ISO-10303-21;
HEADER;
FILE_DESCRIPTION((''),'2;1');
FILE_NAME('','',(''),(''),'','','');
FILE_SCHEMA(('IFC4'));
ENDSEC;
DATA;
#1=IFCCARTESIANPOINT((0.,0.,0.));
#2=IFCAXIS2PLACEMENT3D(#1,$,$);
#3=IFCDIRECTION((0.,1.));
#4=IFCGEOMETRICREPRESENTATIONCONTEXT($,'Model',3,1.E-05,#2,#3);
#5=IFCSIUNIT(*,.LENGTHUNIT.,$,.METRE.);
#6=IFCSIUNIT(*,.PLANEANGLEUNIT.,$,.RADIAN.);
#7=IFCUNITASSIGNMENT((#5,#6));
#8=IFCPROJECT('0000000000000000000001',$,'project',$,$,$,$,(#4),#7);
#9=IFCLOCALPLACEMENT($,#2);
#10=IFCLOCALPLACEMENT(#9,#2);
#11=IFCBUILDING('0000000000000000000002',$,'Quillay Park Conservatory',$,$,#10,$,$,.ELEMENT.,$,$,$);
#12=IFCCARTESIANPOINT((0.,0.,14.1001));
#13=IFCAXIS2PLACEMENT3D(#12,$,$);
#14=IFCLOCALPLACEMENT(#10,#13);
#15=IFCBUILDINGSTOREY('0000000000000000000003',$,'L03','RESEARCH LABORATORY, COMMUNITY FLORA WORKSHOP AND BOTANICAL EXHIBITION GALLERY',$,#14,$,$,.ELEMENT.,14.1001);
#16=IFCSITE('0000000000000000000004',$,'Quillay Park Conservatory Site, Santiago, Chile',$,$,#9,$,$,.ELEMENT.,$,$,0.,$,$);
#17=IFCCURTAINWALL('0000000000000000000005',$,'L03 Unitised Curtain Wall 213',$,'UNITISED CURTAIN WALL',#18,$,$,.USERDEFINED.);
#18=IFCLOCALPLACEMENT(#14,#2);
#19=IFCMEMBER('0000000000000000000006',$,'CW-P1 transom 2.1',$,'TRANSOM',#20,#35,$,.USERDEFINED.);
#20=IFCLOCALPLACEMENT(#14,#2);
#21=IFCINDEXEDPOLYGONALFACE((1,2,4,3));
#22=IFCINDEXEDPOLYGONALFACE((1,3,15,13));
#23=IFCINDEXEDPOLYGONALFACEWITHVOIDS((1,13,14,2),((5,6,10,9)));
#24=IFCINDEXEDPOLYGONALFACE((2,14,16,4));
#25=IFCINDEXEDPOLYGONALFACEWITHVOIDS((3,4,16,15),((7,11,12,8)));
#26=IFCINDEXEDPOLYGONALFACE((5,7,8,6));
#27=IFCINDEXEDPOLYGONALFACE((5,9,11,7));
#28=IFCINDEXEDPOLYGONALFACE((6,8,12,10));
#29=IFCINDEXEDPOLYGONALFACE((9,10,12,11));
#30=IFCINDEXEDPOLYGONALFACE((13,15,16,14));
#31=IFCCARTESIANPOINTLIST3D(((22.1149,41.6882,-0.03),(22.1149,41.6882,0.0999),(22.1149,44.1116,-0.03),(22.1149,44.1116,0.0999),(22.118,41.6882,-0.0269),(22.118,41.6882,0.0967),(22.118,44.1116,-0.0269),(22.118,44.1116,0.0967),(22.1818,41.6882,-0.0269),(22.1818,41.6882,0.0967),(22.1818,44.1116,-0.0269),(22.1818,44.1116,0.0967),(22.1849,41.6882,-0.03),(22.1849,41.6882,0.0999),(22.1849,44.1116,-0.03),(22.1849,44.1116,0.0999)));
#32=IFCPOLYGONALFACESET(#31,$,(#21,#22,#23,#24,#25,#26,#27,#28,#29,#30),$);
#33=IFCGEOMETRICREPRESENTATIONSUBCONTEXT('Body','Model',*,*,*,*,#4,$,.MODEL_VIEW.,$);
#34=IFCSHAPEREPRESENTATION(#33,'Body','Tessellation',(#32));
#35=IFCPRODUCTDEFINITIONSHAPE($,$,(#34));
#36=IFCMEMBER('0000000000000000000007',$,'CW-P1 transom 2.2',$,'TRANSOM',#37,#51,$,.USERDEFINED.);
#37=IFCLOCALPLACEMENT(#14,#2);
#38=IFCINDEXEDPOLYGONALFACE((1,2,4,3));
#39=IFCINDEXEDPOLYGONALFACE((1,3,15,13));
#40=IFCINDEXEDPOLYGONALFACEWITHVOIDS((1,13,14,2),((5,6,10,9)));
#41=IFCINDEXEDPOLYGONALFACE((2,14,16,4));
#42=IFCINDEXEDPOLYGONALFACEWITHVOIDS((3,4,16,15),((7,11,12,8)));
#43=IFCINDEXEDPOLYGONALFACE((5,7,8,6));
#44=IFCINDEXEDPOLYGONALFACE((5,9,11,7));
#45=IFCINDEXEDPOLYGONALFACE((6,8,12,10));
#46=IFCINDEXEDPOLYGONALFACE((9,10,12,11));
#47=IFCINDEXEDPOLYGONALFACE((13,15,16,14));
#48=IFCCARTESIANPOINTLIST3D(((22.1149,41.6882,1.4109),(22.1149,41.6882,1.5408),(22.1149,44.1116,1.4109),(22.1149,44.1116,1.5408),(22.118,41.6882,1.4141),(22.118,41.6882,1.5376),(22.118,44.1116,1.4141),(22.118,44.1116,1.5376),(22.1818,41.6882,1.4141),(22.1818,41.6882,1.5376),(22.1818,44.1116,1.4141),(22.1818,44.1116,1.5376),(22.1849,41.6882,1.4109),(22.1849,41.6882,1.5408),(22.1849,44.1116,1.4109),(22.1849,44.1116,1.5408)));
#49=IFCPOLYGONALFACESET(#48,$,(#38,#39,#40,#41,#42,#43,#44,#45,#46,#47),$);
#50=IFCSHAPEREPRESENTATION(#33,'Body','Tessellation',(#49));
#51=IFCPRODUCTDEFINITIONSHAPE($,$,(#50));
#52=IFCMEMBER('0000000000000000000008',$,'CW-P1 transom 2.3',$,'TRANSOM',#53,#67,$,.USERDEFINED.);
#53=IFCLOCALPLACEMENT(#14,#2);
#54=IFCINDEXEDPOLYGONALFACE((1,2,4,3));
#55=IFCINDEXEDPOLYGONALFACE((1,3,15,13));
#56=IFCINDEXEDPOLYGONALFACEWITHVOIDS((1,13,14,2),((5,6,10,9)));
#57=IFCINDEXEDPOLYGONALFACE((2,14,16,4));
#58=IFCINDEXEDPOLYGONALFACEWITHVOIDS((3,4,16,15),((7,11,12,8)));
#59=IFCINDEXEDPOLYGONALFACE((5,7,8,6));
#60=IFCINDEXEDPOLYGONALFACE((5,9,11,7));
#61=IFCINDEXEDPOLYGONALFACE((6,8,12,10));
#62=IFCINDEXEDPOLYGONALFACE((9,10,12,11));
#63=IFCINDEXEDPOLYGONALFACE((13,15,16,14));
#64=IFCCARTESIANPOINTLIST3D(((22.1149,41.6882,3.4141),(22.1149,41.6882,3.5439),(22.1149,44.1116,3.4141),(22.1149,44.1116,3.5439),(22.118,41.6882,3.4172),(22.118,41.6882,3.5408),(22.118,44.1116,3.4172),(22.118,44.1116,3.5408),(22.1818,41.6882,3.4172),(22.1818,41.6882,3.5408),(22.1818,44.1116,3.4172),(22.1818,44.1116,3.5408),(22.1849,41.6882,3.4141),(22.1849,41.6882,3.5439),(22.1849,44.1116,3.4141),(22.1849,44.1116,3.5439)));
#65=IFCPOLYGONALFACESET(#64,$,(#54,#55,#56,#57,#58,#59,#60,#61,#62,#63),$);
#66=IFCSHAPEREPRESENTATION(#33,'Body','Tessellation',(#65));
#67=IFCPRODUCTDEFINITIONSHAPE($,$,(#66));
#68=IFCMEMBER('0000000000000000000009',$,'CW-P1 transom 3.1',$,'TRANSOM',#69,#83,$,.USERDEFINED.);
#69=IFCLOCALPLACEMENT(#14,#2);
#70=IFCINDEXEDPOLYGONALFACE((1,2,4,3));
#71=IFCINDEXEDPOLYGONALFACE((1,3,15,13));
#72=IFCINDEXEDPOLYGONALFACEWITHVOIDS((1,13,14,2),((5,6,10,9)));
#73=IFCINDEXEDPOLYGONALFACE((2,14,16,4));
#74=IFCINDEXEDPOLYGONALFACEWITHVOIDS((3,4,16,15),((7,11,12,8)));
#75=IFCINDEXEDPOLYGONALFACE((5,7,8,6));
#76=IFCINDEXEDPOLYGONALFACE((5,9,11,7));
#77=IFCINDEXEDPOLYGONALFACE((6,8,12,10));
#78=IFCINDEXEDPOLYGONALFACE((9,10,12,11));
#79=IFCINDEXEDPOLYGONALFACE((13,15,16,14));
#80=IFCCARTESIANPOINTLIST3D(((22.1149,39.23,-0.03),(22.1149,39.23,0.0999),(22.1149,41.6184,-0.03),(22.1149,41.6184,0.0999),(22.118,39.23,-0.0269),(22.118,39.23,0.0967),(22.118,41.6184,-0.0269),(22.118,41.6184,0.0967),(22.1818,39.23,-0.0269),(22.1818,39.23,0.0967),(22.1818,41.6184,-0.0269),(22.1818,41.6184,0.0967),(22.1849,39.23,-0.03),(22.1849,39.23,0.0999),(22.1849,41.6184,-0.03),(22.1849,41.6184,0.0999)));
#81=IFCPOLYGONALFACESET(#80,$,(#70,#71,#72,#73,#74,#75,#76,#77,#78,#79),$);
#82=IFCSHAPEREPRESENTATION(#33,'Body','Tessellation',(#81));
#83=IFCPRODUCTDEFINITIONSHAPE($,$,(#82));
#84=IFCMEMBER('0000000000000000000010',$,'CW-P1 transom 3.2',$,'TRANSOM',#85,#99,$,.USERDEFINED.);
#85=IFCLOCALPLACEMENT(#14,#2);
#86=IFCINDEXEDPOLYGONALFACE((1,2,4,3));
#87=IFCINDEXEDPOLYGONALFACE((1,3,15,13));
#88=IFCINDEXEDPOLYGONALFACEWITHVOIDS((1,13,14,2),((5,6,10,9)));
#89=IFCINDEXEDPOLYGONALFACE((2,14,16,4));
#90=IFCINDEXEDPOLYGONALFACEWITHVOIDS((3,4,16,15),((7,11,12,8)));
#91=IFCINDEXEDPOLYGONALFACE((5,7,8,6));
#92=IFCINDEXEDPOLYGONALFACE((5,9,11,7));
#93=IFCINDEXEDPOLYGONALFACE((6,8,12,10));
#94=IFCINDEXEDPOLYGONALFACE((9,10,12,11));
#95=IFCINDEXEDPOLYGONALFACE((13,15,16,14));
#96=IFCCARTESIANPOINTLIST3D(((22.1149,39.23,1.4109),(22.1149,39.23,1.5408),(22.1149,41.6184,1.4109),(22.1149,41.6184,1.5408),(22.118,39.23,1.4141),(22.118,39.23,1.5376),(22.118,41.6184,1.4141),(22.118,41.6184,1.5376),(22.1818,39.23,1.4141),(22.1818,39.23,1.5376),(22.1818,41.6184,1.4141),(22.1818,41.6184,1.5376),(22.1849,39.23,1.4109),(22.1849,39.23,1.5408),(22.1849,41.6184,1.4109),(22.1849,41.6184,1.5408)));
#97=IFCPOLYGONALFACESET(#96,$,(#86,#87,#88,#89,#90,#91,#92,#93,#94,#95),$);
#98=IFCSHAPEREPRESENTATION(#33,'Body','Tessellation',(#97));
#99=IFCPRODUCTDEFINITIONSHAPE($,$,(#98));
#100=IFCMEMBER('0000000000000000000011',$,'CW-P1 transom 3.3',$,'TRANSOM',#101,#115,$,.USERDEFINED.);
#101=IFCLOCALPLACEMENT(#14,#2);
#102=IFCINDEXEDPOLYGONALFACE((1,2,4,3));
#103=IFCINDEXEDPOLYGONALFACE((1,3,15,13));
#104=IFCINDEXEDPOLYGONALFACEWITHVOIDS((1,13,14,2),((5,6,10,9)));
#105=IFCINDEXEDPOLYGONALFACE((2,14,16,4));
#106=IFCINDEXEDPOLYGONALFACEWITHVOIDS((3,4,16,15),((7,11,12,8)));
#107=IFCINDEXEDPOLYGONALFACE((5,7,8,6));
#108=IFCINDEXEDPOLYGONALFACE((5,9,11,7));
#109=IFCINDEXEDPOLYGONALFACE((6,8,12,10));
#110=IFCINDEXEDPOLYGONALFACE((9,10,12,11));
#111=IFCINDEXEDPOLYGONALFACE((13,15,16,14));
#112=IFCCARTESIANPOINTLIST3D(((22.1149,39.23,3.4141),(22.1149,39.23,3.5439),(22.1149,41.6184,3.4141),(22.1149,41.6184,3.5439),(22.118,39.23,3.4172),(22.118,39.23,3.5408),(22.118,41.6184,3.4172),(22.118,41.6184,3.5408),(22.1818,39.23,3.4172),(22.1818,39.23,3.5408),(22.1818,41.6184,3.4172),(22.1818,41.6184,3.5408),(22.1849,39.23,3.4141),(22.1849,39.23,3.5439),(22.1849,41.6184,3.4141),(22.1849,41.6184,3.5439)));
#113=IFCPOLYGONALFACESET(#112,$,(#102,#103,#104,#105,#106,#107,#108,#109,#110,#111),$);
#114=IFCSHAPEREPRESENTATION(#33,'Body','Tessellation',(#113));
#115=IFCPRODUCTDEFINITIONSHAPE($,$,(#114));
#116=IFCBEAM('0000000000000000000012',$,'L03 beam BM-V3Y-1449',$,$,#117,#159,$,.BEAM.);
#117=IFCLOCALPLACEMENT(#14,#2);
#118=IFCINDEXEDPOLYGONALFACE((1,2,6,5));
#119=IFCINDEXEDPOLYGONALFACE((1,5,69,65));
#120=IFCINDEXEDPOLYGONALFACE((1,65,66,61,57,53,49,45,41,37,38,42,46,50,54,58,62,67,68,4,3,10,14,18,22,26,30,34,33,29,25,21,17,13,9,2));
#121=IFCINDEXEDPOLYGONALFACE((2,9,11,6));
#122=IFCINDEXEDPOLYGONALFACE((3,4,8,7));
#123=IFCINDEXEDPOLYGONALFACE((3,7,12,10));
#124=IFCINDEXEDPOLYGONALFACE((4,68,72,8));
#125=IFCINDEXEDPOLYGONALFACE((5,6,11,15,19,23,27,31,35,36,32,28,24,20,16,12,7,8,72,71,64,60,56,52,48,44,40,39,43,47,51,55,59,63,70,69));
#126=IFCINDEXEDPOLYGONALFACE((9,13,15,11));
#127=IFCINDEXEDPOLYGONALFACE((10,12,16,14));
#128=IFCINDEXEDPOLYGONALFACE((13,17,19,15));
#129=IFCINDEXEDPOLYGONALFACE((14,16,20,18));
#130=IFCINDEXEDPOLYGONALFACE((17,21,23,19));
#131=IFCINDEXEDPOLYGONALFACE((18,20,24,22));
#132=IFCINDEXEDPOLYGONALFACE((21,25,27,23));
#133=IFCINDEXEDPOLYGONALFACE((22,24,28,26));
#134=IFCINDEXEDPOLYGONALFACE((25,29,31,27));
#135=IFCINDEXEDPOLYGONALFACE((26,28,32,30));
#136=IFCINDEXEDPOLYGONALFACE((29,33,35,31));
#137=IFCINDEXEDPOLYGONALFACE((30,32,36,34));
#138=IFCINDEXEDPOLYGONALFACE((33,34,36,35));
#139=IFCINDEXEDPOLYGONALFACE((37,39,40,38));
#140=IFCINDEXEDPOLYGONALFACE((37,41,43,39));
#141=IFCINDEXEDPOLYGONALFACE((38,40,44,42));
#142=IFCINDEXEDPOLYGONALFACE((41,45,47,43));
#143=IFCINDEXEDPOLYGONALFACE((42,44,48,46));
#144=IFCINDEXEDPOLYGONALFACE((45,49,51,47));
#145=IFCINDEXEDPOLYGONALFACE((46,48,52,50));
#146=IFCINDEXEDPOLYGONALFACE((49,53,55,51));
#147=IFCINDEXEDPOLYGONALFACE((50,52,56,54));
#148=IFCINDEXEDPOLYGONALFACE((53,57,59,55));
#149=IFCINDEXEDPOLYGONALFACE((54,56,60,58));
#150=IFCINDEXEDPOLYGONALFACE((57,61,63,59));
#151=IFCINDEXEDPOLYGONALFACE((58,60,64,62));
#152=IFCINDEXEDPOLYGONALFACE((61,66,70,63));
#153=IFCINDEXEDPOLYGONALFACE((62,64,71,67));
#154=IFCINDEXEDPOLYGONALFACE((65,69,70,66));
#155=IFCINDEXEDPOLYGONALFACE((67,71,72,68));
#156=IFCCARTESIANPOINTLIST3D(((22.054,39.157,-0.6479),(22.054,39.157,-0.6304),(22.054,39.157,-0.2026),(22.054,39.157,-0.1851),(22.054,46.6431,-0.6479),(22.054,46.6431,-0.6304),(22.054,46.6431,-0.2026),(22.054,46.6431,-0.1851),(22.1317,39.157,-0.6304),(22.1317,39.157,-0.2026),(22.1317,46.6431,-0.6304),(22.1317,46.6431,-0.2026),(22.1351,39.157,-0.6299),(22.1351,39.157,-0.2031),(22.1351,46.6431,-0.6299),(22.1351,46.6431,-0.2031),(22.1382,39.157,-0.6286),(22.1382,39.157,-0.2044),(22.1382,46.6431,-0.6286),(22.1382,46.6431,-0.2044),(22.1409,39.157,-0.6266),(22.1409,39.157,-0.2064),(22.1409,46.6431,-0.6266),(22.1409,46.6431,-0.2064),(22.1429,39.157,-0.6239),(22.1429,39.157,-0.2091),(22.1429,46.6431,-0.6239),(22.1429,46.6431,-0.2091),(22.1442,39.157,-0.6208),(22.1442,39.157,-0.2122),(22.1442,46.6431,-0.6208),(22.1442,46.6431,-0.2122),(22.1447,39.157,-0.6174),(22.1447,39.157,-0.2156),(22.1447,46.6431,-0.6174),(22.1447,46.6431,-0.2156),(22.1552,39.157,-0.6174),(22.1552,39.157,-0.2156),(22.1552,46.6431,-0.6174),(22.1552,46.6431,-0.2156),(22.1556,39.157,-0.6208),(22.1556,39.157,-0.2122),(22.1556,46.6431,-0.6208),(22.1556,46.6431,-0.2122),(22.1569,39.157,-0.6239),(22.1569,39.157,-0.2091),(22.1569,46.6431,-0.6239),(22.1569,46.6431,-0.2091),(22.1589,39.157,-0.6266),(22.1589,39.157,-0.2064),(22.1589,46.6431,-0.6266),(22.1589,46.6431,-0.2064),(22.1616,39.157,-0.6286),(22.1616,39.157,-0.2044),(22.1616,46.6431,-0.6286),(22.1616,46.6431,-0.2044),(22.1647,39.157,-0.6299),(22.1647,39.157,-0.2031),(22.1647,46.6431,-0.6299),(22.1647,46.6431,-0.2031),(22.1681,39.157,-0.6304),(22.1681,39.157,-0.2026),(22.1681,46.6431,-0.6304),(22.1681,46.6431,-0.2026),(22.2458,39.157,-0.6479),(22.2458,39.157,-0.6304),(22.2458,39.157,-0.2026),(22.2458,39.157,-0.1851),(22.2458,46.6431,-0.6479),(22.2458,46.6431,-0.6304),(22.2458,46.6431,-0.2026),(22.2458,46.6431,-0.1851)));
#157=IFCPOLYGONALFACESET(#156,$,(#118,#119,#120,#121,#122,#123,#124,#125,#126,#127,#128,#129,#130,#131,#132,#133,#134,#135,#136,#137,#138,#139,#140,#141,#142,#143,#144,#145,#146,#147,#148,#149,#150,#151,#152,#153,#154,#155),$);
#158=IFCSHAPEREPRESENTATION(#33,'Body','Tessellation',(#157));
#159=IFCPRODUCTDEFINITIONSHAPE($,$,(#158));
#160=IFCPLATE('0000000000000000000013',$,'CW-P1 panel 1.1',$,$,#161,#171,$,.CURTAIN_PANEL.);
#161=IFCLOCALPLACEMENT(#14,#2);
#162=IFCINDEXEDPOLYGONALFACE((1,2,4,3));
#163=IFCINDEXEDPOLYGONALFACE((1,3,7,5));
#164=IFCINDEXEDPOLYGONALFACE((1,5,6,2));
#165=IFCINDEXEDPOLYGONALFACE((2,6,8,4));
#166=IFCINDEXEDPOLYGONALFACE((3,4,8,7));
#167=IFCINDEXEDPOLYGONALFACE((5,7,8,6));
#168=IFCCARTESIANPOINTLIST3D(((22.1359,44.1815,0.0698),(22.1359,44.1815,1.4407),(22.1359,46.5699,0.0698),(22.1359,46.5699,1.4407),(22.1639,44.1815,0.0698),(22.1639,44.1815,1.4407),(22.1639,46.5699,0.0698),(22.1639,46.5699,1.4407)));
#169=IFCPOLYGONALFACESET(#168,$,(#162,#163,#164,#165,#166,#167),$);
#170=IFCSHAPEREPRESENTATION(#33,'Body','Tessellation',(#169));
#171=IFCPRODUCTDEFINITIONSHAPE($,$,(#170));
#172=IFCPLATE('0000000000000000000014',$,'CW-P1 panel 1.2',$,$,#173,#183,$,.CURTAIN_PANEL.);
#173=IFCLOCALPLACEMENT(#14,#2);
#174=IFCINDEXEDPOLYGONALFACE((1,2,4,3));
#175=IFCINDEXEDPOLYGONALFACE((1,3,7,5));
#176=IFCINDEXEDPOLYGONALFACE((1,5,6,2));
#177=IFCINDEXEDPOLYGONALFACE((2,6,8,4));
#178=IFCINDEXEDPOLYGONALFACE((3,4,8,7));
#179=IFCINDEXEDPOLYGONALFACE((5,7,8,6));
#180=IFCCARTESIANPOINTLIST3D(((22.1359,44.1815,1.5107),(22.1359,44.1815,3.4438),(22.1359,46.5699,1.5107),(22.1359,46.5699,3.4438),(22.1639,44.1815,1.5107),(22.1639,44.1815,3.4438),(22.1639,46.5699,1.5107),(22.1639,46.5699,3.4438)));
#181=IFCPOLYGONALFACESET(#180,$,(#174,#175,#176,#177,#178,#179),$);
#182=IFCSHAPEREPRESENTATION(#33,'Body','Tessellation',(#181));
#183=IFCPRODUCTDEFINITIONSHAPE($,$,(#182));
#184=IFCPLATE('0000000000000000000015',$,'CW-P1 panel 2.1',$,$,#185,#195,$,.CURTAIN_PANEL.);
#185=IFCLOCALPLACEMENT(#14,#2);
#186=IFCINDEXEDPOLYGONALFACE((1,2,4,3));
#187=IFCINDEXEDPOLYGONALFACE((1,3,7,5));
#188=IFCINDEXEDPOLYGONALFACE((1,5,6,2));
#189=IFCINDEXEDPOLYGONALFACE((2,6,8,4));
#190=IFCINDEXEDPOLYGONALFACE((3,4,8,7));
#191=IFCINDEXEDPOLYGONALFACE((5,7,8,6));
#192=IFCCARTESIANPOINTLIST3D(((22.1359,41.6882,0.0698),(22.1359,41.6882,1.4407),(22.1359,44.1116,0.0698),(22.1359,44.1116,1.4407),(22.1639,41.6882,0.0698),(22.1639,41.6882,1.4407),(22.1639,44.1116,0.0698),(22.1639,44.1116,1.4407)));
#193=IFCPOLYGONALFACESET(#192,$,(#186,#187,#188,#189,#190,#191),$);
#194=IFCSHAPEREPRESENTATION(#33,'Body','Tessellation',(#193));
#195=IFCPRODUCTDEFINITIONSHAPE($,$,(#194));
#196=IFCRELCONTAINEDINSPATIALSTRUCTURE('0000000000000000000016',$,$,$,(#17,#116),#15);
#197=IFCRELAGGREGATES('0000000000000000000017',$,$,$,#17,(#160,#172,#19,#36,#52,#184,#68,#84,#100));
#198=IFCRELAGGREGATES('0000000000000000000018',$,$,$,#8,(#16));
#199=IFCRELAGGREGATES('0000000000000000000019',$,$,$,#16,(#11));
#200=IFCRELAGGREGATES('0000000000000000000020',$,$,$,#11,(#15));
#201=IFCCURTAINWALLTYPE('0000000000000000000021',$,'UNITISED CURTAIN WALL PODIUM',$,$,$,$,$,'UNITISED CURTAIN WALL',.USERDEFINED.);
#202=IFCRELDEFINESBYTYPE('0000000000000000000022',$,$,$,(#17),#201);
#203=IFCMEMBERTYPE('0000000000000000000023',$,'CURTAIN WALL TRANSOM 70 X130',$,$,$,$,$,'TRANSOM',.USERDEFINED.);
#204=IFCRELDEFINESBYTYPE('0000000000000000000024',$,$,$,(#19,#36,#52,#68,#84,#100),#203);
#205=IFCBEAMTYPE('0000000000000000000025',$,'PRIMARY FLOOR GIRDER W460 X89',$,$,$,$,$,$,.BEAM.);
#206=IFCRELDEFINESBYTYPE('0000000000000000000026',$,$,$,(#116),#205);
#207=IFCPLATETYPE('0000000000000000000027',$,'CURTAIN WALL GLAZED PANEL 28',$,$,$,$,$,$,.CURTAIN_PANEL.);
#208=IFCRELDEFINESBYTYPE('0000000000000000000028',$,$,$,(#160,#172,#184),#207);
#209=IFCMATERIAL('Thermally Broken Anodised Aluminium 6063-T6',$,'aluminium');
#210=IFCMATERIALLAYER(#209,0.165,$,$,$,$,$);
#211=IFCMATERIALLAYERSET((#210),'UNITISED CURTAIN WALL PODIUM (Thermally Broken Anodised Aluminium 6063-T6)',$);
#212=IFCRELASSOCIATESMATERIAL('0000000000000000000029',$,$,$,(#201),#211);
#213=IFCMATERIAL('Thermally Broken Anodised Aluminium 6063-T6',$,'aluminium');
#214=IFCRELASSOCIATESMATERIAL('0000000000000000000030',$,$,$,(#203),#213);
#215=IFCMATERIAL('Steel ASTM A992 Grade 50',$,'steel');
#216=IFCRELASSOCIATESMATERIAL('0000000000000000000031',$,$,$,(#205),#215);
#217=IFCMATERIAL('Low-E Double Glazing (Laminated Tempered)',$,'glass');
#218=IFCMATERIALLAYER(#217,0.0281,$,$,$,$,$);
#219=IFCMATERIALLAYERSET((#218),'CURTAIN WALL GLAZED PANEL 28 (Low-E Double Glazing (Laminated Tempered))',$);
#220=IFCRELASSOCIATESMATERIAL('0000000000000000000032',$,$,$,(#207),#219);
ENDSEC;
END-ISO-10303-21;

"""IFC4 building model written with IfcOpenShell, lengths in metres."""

from ifc_helpers import new_model, si_unit, direction, frame, origin, origin_2d, place, context, subcontext, project, spatial, rectangle, hollow_rectangle, i_section, extrude, material, layer, layer_set, material_profile, profile_set, type_object, element, aggregate, save


model = new_model("IFC4")

# Units and contexts
model_context = context("Model", 3, precision=1e-05, world=origin(), true_north=direction((0.0, 1.0)))
body_context = subcontext(model_context, "Body", "Model", "MODEL_VIEW")
ifc_project = project(units=[si_unit("LENGTHUNIT", "METRE"), si_unit("PLANEANGLEUNIT", "RADIAN")], contexts=[model_context])

# Site, building, storey
site_placement = place(None, origin())
site = spatial("IfcSite", under=ifc_project, at=site_placement, Name="Quillay Park Conservatory Site, Santiago, Chile", CompositionType="ELEMENT", RefElevation=0.0)
building_placement = place(site_placement, origin())
building = spatial("IfcBuilding", under=site, at=building_placement, Name="Quillay Park Conservatory", CompositionType="ELEMENT")
storey_placement = place(building_placement, frame((0.0, 0.0, 14.1001)))
storey = spatial("IfcBuildingStorey", under=building, at=storey_placement, Name="L03", Description="RESEARCH LABORATORY, COMMUNITY FLORA WORKSHOP AND BOTANICAL EXHIBITION GALLERY", CompositionType="ELEMENT", Elevation=14.1001)

# Shared definitions
ifc_material_1 = material(Name="Thermally Broken Anodised Aluminium 6063-T6", Category="aluminium")
ifc_layer_1 = layer(ifc_material_1, 0.165)
ifc_layer_set_1 = layer_set([ifc_layer_1], Name="UNITISED CURTAIN WALL PODIUM (Thermally Broken Anodised Aluminium 6063-T6)")
curtain_wall_type = type_object("IfcCurtainWallType", Name="UNITISED CURTAIN WALL PODIUM", ElementType="UNITISED CURTAIN WALL", PredefinedType="USERDEFINED", material=ifc_layer_set_1)

# Curtain wall
curtain_wall_1_placement = place(storey_placement, origin())
curtain_wall_1 = element("IfcCurtainWall", 1, at=curtain_wall_1_placement, inside=storey, type_object=curtain_wall_type, Name="L03 Unitised Curtain Wall 213", ObjectType="UNITISED CURTAIN WALL", PredefinedType="USERDEFINED")

# Members
ifc_material_2 = material(Name="Thermally Broken Anodised Aluminium 6063-T6", Category="aluminium")
ifc_material_profile_1 = material_profile(ifc_material_2, hollow_rectangle(XDim=0.0701, YDim=0.1299, WallThickness=0.0032, at=origin_2d()), Name="AL70x130x3.2")
ifc_profile_set_1 = profile_set([ifc_material_profile_1], Name="Thermally Broken Anodised Aluminium 6063-T6")
member_type_1 = type_object("IfcMemberType", Name="CURTAIN WALL TRANSOM 70 X130", ElementType="TRANSOM", PredefinedType="USERDEFINED", material=ifc_profile_set_1)
member_1_placement = place(storey_placement, frame((22.1499, 44.1116, 0.0349), z_axis=(0.0, -1.0, 0.0), x_axis=(1.0, 0.0, 0.0)))
member_1 = element("IfcMember", 2, at=member_1_placement, type_object=member_type_1, Name="CW-P1 transom 2.1", ObjectType="TRANSOM", PredefinedType="USERDEFINED", context=body_context, shape_type="SweptSolid", body=[
    extrude(hollow_rectangle(XDim=0.0701, YDim=0.1299, WallThickness=0.0032, at=origin_2d()), origin(), (0.0, 0.0, 1.0), 2.4233),
])
member_2_placement = place(storey_placement, frame((22.1499, 44.1116, 1.4758), z_axis=(0.0, -1.0, 0.0), x_axis=(1.0, 0.0, 0.0)))
member_2 = element("IfcMember", 3, at=member_2_placement, type_object=member_type_1, Name="CW-P1 transom 2.2", ObjectType="TRANSOM", PredefinedType="USERDEFINED", context=body_context, shape_type="SweptSolid", body=[
    extrude(hollow_rectangle(XDim=0.0701, YDim=0.1299, WallThickness=0.0032, at=origin_2d()), origin(), (0.0, 0.0, 1.0), 2.4233),
])
member_3_placement = place(storey_placement, frame((22.1499, 44.1116, 3.479), z_axis=(0.0, -1.0, 0.0), x_axis=(1.0, 0.0, 0.0)))
member_3 = element("IfcMember", 4, at=member_3_placement, type_object=member_type_1, Name="CW-P1 transom 2.3", ObjectType="TRANSOM", PredefinedType="USERDEFINED", context=body_context, shape_type="SweptSolid", body=[
    extrude(hollow_rectangle(XDim=0.0701, YDim=0.1299, WallThickness=0.0032, at=origin_2d()), origin(), (0.0, 0.0, 1.0), 2.4233),
])
member_4_placement = place(storey_placement, frame((22.1499, 41.6184, 0.0349), z_axis=(0.0, -1.0, 0.0), x_axis=(1.0, 0.0, 0.0)))
member_4 = element("IfcMember", 5, at=member_4_placement, type_object=member_type_1, Name="CW-P1 transom 3.1", ObjectType="TRANSOM", PredefinedType="USERDEFINED", context=body_context, shape_type="SweptSolid", body=[
    extrude(hollow_rectangle(XDim=0.0701, YDim=0.1299, WallThickness=0.0032, at=origin_2d()), origin(), (0.0, 0.0, 1.0), 2.3884),
])
member_5_placement = place(storey_placement, frame((22.1499, 41.6184, 1.4758), z_axis=(0.0, -1.0, 0.0), x_axis=(1.0, 0.0, 0.0)))
member_5 = element("IfcMember", 6, at=member_5_placement, type_object=member_type_1, Name="CW-P1 transom 3.2", ObjectType="TRANSOM", PredefinedType="USERDEFINED", context=body_context, shape_type="SweptSolid", body=[
    extrude(hollow_rectangle(XDim=0.0701, YDim=0.1299, WallThickness=0.0032, at=origin_2d()), origin(), (0.0, 0.0, 1.0), 2.3884),
])
member_6_placement = place(storey_placement, frame((22.1499, 41.6184, 3.479), z_axis=(0.0, -1.0, 0.0), x_axis=(1.0, 0.0, 0.0)))
member_6 = element("IfcMember", 7, at=member_6_placement, type_object=member_type_1, Name="CW-P1 transom 3.3", ObjectType="TRANSOM", PredefinedType="USERDEFINED", context=body_context, shape_type="SweptSolid", body=[
    extrude(hollow_rectangle(XDim=0.0701, YDim=0.1299, WallThickness=0.0032, at=origin_2d()), origin(), (0.0, 0.0, 1.0), 2.3884),
])

# Beam
ifc_material_3 = material(Name="Steel ASTM A992 Grade 50", Category="steel")
ifc_material_profile_2 = material_profile(ifc_material_3, i_section(OverallWidth=0.1919, OverallDepth=0.4629, WebThickness=0.0105, FlangeThickness=0.0176, FilletRadius=0.0129, at=origin_2d()), Name="W460x89")
ifc_profile_set_2 = profile_set([ifc_material_profile_2], Name="Steel ASTM A992 Grade 50")
beam_type = type_object("IfcBeamType", Name="PRIMARY FLOOR GIRDER W460 X89", PredefinedType="BEAM", material=ifc_profile_set_2)
beam_placement = place(storey_placement, frame((22.1499, 39.157, -0.4165), z_axis=(0.0, 1.0, 0.0), x_axis=(-1.0, 0.0, 0.0)))
element("IfcBeam", 8, at=beam_placement, inside=storey, type_object=beam_type, Name="L03 beam BM-V3Y-1449", PredefinedType="BEAM", context=body_context, shape_type="SweptSolid", body=[
    extrude(i_section(OverallWidth=0.1919, OverallDepth=0.4629, WebThickness=0.0105, FlangeThickness=0.0176, FilletRadius=0.0129, at=origin_2d()), origin(), (0.0, 0.0, 1.0), 7.4861),
])

# Plates
ifc_material_4 = material(Name="Low-E Double Glazing (Laminated Tempered)", Category="glass")
ifc_layer_2 = layer(ifc_material_4, 0.0281)
ifc_layer_set_2 = layer_set([ifc_layer_2], Name="CURTAIN WALL GLAZED PANEL 28 (Low-E Double Glazing (Laminated Tempered))")
plate_type = type_object("IfcPlateType", Name="CURTAIN WALL GLAZED PANEL 28", PredefinedType="CURTAIN_PANEL", material=ifc_layer_set_2)
plate_1_placement = place(storey_placement, frame((22.1499, 45.3757, 0.0698), z_axis=(0.0, 0.0, 1.0), x_axis=(0.0, -1.0, 0.0)))
plate_1 = element("IfcPlate", 9, at=plate_1_placement, type_object=plate_type, Name="CW-P1 panel 1.1", PredefinedType="CURTAIN_PANEL", context=body_context, shape_type="SweptSolid", body=[
    extrude(rectangle(XDim=2.3884, YDim=0.0281, at=origin_2d()), origin(), (0.0, 0.0, 1.0), 1.3708),
])
plate_2_placement = place(storey_placement, frame((22.1499, 45.3757, 1.5107), z_axis=(0.0, 0.0, 1.0), x_axis=(0.0, -1.0, 0.0)))
plate_2 = element("IfcPlate", 10, at=plate_2_placement, type_object=plate_type, Name="CW-P1 panel 1.2", PredefinedType="CURTAIN_PANEL", context=body_context, shape_type="SweptSolid", body=[
    extrude(rectangle(XDim=2.3884, YDim=0.0281, at=origin_2d()), origin(), (0.0, 0.0, 1.0), 1.9331),
])
plate_3_placement = place(storey_placement, frame((22.1499, 42.8999, 0.0698), z_axis=(0.0, 0.0, 1.0), x_axis=(0.0, -1.0, 0.0)))
plate_3 = element("IfcPlate", 11, at=plate_3_placement, type_object=plate_type, Name="CW-P1 panel 2.1", PredefinedType="CURTAIN_PANEL", context=body_context, shape_type="SweptSolid", body=[
    extrude(rectangle(XDim=2.4233, YDim=0.0281, at=origin_2d()), origin(), (0.0, 0.0, 1.0), 1.3708),
])
aggregate(curtain_wall_1, [plate_1, plate_2, member_1, member_2, member_3, plate_3, member_4, member_5, member_6])

save(model, "model.ifc")
